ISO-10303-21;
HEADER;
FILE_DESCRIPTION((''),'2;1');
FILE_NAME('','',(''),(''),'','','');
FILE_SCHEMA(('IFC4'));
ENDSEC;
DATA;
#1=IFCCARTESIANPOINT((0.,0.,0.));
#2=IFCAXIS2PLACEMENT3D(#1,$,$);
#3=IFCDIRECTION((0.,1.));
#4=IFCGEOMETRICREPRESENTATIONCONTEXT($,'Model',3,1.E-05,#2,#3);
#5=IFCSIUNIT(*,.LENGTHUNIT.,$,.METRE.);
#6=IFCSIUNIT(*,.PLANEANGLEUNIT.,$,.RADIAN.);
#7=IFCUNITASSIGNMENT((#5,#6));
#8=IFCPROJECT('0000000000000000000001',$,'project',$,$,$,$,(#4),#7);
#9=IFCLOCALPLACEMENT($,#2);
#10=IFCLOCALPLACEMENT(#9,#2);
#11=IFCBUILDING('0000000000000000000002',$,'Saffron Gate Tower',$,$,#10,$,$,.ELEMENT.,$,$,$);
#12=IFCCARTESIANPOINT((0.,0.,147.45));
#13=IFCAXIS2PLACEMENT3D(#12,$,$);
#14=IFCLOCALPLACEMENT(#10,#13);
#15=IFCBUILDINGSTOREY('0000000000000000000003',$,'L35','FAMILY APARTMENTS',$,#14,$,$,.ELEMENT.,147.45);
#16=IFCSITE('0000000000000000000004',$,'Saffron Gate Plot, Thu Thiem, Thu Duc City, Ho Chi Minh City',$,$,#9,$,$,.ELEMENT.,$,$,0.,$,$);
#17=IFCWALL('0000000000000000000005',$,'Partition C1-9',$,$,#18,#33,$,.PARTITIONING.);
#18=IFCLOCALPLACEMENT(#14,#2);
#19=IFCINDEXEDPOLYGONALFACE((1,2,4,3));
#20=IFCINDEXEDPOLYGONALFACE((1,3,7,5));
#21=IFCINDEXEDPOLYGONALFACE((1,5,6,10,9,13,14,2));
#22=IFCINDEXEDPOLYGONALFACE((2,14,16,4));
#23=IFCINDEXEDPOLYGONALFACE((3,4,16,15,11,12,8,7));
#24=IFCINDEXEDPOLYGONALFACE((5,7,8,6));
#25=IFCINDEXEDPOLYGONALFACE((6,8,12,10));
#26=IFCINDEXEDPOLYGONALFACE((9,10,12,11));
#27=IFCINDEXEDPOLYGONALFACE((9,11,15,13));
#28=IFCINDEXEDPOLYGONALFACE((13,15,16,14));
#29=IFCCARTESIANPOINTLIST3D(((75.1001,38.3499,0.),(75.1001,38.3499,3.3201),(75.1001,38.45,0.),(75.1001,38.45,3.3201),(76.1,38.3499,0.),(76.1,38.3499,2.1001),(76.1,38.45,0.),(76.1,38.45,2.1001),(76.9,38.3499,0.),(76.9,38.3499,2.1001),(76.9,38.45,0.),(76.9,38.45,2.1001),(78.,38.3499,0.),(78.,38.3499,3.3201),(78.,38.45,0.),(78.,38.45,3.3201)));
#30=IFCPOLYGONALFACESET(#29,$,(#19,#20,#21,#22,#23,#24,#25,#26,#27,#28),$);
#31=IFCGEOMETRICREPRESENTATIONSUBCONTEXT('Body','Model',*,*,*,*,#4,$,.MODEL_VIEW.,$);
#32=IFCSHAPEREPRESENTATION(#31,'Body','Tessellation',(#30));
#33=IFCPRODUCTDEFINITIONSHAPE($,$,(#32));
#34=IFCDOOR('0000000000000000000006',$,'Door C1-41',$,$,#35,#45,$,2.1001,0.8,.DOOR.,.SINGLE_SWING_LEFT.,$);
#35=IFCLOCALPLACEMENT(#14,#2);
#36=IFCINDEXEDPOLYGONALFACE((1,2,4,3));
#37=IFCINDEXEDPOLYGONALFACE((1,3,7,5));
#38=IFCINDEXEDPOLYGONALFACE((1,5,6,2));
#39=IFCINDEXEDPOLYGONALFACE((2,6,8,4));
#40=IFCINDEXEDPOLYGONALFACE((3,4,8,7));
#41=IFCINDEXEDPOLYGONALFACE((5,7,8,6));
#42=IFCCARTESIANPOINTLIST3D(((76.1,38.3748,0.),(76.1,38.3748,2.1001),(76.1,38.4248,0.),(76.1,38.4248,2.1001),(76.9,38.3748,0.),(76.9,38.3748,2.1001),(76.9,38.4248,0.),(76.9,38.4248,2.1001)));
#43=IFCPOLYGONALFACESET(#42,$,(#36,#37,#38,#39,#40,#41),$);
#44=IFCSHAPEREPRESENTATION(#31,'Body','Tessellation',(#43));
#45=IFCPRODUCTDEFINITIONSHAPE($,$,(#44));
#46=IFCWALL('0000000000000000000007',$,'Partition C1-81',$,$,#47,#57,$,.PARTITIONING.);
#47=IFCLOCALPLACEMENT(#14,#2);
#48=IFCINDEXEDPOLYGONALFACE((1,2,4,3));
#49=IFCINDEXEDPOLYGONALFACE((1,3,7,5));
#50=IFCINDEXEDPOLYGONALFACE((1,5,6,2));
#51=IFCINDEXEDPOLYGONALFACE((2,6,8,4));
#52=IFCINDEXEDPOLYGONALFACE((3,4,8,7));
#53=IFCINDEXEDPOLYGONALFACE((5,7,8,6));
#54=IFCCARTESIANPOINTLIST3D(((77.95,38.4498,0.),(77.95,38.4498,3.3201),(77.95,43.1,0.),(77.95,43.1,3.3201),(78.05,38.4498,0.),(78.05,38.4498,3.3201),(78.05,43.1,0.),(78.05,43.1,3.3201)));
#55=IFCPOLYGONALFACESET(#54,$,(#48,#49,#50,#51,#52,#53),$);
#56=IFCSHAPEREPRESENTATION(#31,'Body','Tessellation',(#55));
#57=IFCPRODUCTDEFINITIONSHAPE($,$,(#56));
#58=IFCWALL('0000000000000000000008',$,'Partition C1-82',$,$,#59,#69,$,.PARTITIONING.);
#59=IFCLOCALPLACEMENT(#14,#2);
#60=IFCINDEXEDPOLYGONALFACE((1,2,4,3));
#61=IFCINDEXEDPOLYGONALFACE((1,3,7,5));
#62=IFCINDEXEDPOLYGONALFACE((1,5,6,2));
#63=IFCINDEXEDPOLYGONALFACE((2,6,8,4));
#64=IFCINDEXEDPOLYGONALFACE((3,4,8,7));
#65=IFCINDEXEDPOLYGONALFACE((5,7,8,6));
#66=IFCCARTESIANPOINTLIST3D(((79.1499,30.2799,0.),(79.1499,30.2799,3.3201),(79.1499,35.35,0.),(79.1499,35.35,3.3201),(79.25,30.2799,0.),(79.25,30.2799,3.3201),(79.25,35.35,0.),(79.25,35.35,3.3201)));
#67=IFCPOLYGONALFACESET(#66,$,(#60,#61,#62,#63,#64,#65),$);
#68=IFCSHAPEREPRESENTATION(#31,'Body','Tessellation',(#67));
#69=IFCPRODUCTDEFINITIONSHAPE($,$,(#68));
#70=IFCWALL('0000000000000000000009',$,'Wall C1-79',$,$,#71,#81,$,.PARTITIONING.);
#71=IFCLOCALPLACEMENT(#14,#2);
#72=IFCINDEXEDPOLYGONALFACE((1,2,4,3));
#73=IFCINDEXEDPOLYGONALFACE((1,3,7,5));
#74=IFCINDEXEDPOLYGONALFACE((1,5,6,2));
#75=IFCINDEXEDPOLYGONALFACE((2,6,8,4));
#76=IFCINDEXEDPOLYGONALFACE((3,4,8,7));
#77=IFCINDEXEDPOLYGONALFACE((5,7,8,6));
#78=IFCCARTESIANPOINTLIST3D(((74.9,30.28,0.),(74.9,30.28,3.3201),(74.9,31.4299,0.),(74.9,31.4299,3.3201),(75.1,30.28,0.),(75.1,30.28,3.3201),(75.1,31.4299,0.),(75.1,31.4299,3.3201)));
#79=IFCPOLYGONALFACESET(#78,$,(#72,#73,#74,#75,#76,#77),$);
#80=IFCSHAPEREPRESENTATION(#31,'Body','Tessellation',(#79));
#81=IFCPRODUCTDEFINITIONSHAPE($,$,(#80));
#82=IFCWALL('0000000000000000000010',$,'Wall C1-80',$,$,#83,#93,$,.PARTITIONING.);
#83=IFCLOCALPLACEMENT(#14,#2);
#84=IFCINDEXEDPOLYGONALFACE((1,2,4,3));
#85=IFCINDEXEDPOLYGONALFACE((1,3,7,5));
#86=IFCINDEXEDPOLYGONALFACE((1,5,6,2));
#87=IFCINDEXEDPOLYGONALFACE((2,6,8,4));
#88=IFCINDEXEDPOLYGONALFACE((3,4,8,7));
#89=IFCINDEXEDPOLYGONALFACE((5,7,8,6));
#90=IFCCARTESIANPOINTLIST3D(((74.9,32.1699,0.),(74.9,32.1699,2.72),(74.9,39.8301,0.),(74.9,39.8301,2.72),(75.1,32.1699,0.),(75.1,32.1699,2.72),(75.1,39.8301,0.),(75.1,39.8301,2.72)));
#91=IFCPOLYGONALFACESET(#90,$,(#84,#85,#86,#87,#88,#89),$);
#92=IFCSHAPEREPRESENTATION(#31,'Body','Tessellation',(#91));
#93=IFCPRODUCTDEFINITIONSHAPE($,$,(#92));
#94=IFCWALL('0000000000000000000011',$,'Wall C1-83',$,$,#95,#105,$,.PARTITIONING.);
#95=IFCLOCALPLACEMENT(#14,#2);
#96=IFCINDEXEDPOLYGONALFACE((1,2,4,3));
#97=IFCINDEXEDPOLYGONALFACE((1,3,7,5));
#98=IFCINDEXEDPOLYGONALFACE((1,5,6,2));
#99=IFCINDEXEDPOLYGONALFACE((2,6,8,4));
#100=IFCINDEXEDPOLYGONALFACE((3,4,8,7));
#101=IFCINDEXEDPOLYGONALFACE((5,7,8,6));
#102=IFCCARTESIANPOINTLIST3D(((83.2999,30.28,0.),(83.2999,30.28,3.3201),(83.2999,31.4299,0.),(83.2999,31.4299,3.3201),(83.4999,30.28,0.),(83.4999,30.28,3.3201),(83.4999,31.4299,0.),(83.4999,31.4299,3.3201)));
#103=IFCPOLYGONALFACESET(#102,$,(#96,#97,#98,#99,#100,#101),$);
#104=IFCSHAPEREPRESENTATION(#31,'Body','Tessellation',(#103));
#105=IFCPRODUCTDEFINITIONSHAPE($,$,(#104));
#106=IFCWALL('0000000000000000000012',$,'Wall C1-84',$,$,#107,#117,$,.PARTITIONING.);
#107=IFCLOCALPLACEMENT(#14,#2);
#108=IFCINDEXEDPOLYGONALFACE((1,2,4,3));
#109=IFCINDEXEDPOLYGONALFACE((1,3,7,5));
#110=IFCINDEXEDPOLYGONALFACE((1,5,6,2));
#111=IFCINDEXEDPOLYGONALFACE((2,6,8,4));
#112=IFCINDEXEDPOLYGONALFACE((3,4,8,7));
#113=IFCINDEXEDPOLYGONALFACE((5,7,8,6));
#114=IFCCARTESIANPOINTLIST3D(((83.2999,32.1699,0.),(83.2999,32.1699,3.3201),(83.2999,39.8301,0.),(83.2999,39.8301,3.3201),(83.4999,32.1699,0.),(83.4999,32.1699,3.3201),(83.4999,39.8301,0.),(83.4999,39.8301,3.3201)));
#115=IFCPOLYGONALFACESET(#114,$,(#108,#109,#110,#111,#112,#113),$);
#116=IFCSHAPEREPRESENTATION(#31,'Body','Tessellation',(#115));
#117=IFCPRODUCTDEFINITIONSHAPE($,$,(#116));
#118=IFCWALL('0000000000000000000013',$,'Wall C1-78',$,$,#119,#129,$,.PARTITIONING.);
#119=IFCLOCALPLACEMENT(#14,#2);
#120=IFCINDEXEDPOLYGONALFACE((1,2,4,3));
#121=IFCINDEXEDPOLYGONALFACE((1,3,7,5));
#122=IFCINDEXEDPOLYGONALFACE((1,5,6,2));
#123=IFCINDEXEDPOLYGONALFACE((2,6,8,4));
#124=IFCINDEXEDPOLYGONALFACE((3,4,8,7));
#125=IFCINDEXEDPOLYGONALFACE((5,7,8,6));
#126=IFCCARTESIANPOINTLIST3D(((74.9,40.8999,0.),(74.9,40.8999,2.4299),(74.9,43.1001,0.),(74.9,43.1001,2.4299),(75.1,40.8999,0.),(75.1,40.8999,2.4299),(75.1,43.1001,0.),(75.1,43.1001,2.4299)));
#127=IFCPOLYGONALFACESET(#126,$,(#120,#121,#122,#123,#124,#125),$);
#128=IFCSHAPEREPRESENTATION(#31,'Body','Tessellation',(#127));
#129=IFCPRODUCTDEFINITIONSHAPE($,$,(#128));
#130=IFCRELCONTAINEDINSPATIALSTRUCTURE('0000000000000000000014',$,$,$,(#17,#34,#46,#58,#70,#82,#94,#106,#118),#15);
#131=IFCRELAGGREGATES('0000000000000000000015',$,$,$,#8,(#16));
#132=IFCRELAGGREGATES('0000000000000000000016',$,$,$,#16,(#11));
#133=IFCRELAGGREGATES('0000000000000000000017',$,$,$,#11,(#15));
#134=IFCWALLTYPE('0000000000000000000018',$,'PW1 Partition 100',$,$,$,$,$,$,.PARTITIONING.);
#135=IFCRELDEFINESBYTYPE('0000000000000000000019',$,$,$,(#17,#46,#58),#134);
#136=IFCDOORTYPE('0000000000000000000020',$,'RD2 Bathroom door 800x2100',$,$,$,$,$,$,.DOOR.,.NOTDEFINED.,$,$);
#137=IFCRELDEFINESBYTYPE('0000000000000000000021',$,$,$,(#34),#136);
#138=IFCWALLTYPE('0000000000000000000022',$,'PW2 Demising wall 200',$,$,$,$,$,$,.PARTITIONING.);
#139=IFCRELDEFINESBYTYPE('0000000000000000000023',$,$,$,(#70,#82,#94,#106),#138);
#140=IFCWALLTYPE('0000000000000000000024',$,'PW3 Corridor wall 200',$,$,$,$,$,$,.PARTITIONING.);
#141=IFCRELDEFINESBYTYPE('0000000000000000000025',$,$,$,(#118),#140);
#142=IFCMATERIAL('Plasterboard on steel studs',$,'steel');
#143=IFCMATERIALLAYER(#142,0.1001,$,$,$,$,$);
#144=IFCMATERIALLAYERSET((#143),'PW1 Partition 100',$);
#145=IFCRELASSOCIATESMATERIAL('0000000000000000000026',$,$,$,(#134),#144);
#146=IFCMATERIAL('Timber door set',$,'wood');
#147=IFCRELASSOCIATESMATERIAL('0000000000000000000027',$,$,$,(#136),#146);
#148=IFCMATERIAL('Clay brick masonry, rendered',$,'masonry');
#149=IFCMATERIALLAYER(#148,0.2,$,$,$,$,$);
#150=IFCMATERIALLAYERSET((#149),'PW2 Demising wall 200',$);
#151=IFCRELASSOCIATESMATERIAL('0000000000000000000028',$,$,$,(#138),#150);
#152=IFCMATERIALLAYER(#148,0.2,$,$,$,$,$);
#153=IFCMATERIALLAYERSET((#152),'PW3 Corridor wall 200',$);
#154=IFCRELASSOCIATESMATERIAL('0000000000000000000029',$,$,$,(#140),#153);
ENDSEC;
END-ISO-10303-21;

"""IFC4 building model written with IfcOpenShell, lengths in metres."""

from ifc_helpers import new_model, si_unit, direction, frame, frame_2d, origin, place, context, subcontext, project, spatial, rectangle, extrude, material, layer, layer_set, type_object, element, fill, save


model = new_model("IFC4")

# Units and contexts
model_context = context("Model", 3, precision=1e-05, world=origin(), true_north=direction((0.0, 1.0)))
body_context = subcontext(model_context, "Body", "Model", "MODEL_VIEW")
ifc_project = project(units=[si_unit("LENGTHUNIT", "METRE"), si_unit("PLANEANGLEUNIT", "RADIAN")], contexts=[model_context])

# Site, building, storey
site_placement = place(None, origin())
site = spatial("IfcSite", under=ifc_project, at=site_placement, Name="Saffron Gate Plot, Thu Thiem, Thu Duc City, Ho Chi Minh City", CompositionType="ELEMENT", RefElevation=0.0)
building_placement = place(site_placement, origin())
building = spatial("IfcBuilding", under=site, at=building_placement, Name="Saffron Gate Tower", CompositionType="ELEMENT")
storey_placement = place(building_placement, frame((0.0, 0.0, 147.45)))
storey = spatial("IfcBuildingStorey", under=building, at=storey_placement, Name="L35", Description="FAMILY APARTMENTS", CompositionType="ELEMENT", Elevation=147.45)

# Wall, opening, door
ifc_material_1 = material(Name="Plasterboard on steel studs", Category="steel")
ifc_layer_1 = layer(ifc_material_1, 0.1001)
ifc_layer_set_1 = layer_set([ifc_layer_1], Name="PW1 Partition 100")
wall_type_1 = type_object("IfcWallType", Name="PW1 Partition 100", PredefinedType="PARTITIONING", material=ifc_layer_set_1)
ifc_material_2 = material(Name="Timber door set", Category="wood")
wall_1_placement = place(storey_placement, frame((75.1001, 38.3999, 0.0), z_axis=(0.0, 0.0, 1.0), x_axis=(1.0, 0.0, 0.0)))
wall_1 = element("IfcWall", 1, at=wall_1_placement, inside=storey, type_object=wall_type_1, Name="Partition C1-9", PredefinedType="PARTITIONING", context=body_context, shape_type="SweptSolid", body=[
    extrude(rectangle(XDim=2.8999, YDim=0.1001, at=frame_2d((1.45, 0.0))), origin(), (0.0, 0.0, 1.0), 3.3201),
])
opening_1_placement = place(wall_1_placement, frame((1.0, 0.0, 0.0)))
opening_1 = element("IfcOpeningElement", 2, at=opening_1_placement, cuts=wall_1, PredefinedType="OPENING", context=body_context, shape_type="SweptSolid", body=[
    extrude(rectangle(XDim=0.8, YDim=2.1001, at=frame_2d((0.3999, 1.05))), frame((0.0, 0.0601, 0.0), z_axis=(0.0, -1.0, 0.0), x_axis=(1.0, 0.0, 0.0)), (0.0, 0.0, 1.0), 0.1201),
])
door_type_1 = type_object("IfcDoorType", Name="RD2 Bathroom door 800x2100", OperationType="NOTDEFINED", PredefinedType="DOOR", material=ifc_material_2)
door_1_placement = place(opening_1_placement, origin())
door_1 = element("IfcDoor", 3, at=door_1_placement, inside=storey, type_object=door_type_1, Name="Door C1-41", OperationType="SINGLE_SWING_LEFT", OverallHeight=2.1001, OverallWidth=0.8, PredefinedType="DOOR", context=body_context, shape_type="SweptSolid", body=[
    extrude(rectangle(XDim=0.8, YDim=2.1001, at=frame_2d((0.3999, 1.05))), frame((0.0, 0.0249, 0.0), z_axis=(0.0, -1.0, 0.0), x_axis=(1.0, 0.0, 0.0)), (0.0, 0.0, 1.0), 0.05),
])
fill(opening_1, door_1)

# Walls
wall_2_placement = place(storey_placement, frame((78.0, 43.1001, 0.0), z_axis=(0.0, 0.0, 1.0), x_axis=(0.0, -1.0, 0.0)))
element("IfcWall", 4, at=wall_2_placement, inside=storey, type_object=wall_type_1, Name="Partition C1-81", PredefinedType="PARTITIONING", context=body_context, shape_type="SweptSolid", body=[
    extrude(rectangle(XDim=4.6501, YDim=0.1001, at=frame_2d((2.3252, 0.0))), origin(), (0.0, 0.0, 1.0), 3.3201),
])
wall_3_placement = place(storey_placement, frame((79.2, 35.3501, 0.0), z_axis=(0.0, 0.0, 1.0), x_axis=(0.0, -1.0, 0.0)))
element("IfcWall", 5, at=wall_3_placement, inside=storey, type_object=wall_type_1, Name="Partition C1-82", PredefinedType="PARTITIONING", context=body_context, shape_type="SweptSolid", body=[
    extrude(rectangle(XDim=5.0701, YDim=0.1001, at=frame_2d((2.5352, 0.0))), origin(), (0.0, 0.0, 1.0), 3.3201),
])
ifc_material_3 = material(Name="Clay brick masonry, rendered", Category="masonry")
ifc_layer_2 = layer(ifc_material_3, 0.2)
ifc_layer_set_2 = layer_set([ifc_layer_2], Name="PW2 Demising wall 200")
wall_type_2 = type_object("IfcWallType", Name="PW2 Demising wall 200", PredefinedType="PARTITIONING", material=ifc_layer_set_2)
wall_4_placement = place(storey_placement, frame((75.0, 31.4299, 0.0), z_axis=(0.0, 0.0, 1.0), x_axis=(0.0, -1.0, 0.0)))
element("IfcWall", 6, at=wall_4_placement, inside=storey, type_object=wall_type_2, Name="Wall C1-79", PredefinedType="PARTITIONING", context=body_context, shape_type="SweptSolid", body=[
    extrude(rectangle(XDim=1.1499, YDim=0.2, at=frame_2d((0.575, 0.0))), origin(), (0.0, 0.0, 1.0), 3.3201),
])
wall_5_placement = place(storey_placement, frame((75.0, 39.8301, 0.0), z_axis=(0.0, 0.0, 1.0), x_axis=(0.0, -1.0, 0.0)))
element("IfcWall", 7, at=wall_5_placement, inside=storey, type_object=wall_type_2, Name="Wall C1-80", PredefinedType="PARTITIONING", context=body_context, shape_type="SweptSolid", body=[
    extrude(rectangle(XDim=7.6602, YDim=0.2, at=frame_2d((3.8301, 0.0))), origin(), (0.0, 0.0, 1.0), 2.72),
])
wall_6_placement = place(storey_placement, frame((83.3999, 31.4299, 0.0), z_axis=(0.0, 0.0, 1.0), x_axis=(0.0, -1.0, 0.0)))
element("IfcWall", 8, at=wall_6_placement, inside=storey, type_object=wall_type_2, Name="Wall C1-83", PredefinedType="PARTITIONING", context=body_context, shape_type="SweptSolid", body=[
    extrude(rectangle(XDim=1.1499, YDim=0.2, at=frame_2d((0.575, 0.0))), origin(), (0.0, 0.0, 1.0), 3.3201),
])
wall_7_placement = place(storey_placement, frame((83.3999, 39.8301, 0.0), z_axis=(0.0, 0.0, 1.0), x_axis=(0.0, -1.0, 0.0)))
element("IfcWall", 9, at=wall_7_placement, inside=storey, type_object=wall_type_2, Name="Wall C1-84", PredefinedType="PARTITIONING", context=body_context, shape_type="SweptSolid", body=[
    extrude(rectangle(XDim=7.6602, YDim=0.2, at=frame_2d((3.8301, 0.0))), origin(), (0.0, 0.0, 1.0), 3.3201),
])
ifc_layer_3 = layer(ifc_material_3, 0.2)
ifc_layer_set_3 = layer_set([ifc_layer_3], Name="PW3 Corridor wall 200")
wall_type_3 = type_object("IfcWallType", Name="PW3 Corridor wall 200", PredefinedType="PARTITIONING", material=ifc_layer_set_3)
wall_8_placement = place(storey_placement, frame((75.0, 43.1001, 0.0), z_axis=(0.0, 0.0, 1.0), x_axis=(0.0, -1.0, 0.0)))
element("IfcWall", 10, at=wall_8_placement, inside=storey, type_object=wall_type_3, Name="Wall C1-78", PredefinedType="PARTITIONING", context=body_context, shape_type="SweptSolid", body=[
    extrude(rectangle(XDim=2.2002, YDim=0.2, at=frame_2d((1.1001, 0.0))), origin(), (0.0, 0.0, 1.0), 2.4299),
])

save(model, "model.ifc")
